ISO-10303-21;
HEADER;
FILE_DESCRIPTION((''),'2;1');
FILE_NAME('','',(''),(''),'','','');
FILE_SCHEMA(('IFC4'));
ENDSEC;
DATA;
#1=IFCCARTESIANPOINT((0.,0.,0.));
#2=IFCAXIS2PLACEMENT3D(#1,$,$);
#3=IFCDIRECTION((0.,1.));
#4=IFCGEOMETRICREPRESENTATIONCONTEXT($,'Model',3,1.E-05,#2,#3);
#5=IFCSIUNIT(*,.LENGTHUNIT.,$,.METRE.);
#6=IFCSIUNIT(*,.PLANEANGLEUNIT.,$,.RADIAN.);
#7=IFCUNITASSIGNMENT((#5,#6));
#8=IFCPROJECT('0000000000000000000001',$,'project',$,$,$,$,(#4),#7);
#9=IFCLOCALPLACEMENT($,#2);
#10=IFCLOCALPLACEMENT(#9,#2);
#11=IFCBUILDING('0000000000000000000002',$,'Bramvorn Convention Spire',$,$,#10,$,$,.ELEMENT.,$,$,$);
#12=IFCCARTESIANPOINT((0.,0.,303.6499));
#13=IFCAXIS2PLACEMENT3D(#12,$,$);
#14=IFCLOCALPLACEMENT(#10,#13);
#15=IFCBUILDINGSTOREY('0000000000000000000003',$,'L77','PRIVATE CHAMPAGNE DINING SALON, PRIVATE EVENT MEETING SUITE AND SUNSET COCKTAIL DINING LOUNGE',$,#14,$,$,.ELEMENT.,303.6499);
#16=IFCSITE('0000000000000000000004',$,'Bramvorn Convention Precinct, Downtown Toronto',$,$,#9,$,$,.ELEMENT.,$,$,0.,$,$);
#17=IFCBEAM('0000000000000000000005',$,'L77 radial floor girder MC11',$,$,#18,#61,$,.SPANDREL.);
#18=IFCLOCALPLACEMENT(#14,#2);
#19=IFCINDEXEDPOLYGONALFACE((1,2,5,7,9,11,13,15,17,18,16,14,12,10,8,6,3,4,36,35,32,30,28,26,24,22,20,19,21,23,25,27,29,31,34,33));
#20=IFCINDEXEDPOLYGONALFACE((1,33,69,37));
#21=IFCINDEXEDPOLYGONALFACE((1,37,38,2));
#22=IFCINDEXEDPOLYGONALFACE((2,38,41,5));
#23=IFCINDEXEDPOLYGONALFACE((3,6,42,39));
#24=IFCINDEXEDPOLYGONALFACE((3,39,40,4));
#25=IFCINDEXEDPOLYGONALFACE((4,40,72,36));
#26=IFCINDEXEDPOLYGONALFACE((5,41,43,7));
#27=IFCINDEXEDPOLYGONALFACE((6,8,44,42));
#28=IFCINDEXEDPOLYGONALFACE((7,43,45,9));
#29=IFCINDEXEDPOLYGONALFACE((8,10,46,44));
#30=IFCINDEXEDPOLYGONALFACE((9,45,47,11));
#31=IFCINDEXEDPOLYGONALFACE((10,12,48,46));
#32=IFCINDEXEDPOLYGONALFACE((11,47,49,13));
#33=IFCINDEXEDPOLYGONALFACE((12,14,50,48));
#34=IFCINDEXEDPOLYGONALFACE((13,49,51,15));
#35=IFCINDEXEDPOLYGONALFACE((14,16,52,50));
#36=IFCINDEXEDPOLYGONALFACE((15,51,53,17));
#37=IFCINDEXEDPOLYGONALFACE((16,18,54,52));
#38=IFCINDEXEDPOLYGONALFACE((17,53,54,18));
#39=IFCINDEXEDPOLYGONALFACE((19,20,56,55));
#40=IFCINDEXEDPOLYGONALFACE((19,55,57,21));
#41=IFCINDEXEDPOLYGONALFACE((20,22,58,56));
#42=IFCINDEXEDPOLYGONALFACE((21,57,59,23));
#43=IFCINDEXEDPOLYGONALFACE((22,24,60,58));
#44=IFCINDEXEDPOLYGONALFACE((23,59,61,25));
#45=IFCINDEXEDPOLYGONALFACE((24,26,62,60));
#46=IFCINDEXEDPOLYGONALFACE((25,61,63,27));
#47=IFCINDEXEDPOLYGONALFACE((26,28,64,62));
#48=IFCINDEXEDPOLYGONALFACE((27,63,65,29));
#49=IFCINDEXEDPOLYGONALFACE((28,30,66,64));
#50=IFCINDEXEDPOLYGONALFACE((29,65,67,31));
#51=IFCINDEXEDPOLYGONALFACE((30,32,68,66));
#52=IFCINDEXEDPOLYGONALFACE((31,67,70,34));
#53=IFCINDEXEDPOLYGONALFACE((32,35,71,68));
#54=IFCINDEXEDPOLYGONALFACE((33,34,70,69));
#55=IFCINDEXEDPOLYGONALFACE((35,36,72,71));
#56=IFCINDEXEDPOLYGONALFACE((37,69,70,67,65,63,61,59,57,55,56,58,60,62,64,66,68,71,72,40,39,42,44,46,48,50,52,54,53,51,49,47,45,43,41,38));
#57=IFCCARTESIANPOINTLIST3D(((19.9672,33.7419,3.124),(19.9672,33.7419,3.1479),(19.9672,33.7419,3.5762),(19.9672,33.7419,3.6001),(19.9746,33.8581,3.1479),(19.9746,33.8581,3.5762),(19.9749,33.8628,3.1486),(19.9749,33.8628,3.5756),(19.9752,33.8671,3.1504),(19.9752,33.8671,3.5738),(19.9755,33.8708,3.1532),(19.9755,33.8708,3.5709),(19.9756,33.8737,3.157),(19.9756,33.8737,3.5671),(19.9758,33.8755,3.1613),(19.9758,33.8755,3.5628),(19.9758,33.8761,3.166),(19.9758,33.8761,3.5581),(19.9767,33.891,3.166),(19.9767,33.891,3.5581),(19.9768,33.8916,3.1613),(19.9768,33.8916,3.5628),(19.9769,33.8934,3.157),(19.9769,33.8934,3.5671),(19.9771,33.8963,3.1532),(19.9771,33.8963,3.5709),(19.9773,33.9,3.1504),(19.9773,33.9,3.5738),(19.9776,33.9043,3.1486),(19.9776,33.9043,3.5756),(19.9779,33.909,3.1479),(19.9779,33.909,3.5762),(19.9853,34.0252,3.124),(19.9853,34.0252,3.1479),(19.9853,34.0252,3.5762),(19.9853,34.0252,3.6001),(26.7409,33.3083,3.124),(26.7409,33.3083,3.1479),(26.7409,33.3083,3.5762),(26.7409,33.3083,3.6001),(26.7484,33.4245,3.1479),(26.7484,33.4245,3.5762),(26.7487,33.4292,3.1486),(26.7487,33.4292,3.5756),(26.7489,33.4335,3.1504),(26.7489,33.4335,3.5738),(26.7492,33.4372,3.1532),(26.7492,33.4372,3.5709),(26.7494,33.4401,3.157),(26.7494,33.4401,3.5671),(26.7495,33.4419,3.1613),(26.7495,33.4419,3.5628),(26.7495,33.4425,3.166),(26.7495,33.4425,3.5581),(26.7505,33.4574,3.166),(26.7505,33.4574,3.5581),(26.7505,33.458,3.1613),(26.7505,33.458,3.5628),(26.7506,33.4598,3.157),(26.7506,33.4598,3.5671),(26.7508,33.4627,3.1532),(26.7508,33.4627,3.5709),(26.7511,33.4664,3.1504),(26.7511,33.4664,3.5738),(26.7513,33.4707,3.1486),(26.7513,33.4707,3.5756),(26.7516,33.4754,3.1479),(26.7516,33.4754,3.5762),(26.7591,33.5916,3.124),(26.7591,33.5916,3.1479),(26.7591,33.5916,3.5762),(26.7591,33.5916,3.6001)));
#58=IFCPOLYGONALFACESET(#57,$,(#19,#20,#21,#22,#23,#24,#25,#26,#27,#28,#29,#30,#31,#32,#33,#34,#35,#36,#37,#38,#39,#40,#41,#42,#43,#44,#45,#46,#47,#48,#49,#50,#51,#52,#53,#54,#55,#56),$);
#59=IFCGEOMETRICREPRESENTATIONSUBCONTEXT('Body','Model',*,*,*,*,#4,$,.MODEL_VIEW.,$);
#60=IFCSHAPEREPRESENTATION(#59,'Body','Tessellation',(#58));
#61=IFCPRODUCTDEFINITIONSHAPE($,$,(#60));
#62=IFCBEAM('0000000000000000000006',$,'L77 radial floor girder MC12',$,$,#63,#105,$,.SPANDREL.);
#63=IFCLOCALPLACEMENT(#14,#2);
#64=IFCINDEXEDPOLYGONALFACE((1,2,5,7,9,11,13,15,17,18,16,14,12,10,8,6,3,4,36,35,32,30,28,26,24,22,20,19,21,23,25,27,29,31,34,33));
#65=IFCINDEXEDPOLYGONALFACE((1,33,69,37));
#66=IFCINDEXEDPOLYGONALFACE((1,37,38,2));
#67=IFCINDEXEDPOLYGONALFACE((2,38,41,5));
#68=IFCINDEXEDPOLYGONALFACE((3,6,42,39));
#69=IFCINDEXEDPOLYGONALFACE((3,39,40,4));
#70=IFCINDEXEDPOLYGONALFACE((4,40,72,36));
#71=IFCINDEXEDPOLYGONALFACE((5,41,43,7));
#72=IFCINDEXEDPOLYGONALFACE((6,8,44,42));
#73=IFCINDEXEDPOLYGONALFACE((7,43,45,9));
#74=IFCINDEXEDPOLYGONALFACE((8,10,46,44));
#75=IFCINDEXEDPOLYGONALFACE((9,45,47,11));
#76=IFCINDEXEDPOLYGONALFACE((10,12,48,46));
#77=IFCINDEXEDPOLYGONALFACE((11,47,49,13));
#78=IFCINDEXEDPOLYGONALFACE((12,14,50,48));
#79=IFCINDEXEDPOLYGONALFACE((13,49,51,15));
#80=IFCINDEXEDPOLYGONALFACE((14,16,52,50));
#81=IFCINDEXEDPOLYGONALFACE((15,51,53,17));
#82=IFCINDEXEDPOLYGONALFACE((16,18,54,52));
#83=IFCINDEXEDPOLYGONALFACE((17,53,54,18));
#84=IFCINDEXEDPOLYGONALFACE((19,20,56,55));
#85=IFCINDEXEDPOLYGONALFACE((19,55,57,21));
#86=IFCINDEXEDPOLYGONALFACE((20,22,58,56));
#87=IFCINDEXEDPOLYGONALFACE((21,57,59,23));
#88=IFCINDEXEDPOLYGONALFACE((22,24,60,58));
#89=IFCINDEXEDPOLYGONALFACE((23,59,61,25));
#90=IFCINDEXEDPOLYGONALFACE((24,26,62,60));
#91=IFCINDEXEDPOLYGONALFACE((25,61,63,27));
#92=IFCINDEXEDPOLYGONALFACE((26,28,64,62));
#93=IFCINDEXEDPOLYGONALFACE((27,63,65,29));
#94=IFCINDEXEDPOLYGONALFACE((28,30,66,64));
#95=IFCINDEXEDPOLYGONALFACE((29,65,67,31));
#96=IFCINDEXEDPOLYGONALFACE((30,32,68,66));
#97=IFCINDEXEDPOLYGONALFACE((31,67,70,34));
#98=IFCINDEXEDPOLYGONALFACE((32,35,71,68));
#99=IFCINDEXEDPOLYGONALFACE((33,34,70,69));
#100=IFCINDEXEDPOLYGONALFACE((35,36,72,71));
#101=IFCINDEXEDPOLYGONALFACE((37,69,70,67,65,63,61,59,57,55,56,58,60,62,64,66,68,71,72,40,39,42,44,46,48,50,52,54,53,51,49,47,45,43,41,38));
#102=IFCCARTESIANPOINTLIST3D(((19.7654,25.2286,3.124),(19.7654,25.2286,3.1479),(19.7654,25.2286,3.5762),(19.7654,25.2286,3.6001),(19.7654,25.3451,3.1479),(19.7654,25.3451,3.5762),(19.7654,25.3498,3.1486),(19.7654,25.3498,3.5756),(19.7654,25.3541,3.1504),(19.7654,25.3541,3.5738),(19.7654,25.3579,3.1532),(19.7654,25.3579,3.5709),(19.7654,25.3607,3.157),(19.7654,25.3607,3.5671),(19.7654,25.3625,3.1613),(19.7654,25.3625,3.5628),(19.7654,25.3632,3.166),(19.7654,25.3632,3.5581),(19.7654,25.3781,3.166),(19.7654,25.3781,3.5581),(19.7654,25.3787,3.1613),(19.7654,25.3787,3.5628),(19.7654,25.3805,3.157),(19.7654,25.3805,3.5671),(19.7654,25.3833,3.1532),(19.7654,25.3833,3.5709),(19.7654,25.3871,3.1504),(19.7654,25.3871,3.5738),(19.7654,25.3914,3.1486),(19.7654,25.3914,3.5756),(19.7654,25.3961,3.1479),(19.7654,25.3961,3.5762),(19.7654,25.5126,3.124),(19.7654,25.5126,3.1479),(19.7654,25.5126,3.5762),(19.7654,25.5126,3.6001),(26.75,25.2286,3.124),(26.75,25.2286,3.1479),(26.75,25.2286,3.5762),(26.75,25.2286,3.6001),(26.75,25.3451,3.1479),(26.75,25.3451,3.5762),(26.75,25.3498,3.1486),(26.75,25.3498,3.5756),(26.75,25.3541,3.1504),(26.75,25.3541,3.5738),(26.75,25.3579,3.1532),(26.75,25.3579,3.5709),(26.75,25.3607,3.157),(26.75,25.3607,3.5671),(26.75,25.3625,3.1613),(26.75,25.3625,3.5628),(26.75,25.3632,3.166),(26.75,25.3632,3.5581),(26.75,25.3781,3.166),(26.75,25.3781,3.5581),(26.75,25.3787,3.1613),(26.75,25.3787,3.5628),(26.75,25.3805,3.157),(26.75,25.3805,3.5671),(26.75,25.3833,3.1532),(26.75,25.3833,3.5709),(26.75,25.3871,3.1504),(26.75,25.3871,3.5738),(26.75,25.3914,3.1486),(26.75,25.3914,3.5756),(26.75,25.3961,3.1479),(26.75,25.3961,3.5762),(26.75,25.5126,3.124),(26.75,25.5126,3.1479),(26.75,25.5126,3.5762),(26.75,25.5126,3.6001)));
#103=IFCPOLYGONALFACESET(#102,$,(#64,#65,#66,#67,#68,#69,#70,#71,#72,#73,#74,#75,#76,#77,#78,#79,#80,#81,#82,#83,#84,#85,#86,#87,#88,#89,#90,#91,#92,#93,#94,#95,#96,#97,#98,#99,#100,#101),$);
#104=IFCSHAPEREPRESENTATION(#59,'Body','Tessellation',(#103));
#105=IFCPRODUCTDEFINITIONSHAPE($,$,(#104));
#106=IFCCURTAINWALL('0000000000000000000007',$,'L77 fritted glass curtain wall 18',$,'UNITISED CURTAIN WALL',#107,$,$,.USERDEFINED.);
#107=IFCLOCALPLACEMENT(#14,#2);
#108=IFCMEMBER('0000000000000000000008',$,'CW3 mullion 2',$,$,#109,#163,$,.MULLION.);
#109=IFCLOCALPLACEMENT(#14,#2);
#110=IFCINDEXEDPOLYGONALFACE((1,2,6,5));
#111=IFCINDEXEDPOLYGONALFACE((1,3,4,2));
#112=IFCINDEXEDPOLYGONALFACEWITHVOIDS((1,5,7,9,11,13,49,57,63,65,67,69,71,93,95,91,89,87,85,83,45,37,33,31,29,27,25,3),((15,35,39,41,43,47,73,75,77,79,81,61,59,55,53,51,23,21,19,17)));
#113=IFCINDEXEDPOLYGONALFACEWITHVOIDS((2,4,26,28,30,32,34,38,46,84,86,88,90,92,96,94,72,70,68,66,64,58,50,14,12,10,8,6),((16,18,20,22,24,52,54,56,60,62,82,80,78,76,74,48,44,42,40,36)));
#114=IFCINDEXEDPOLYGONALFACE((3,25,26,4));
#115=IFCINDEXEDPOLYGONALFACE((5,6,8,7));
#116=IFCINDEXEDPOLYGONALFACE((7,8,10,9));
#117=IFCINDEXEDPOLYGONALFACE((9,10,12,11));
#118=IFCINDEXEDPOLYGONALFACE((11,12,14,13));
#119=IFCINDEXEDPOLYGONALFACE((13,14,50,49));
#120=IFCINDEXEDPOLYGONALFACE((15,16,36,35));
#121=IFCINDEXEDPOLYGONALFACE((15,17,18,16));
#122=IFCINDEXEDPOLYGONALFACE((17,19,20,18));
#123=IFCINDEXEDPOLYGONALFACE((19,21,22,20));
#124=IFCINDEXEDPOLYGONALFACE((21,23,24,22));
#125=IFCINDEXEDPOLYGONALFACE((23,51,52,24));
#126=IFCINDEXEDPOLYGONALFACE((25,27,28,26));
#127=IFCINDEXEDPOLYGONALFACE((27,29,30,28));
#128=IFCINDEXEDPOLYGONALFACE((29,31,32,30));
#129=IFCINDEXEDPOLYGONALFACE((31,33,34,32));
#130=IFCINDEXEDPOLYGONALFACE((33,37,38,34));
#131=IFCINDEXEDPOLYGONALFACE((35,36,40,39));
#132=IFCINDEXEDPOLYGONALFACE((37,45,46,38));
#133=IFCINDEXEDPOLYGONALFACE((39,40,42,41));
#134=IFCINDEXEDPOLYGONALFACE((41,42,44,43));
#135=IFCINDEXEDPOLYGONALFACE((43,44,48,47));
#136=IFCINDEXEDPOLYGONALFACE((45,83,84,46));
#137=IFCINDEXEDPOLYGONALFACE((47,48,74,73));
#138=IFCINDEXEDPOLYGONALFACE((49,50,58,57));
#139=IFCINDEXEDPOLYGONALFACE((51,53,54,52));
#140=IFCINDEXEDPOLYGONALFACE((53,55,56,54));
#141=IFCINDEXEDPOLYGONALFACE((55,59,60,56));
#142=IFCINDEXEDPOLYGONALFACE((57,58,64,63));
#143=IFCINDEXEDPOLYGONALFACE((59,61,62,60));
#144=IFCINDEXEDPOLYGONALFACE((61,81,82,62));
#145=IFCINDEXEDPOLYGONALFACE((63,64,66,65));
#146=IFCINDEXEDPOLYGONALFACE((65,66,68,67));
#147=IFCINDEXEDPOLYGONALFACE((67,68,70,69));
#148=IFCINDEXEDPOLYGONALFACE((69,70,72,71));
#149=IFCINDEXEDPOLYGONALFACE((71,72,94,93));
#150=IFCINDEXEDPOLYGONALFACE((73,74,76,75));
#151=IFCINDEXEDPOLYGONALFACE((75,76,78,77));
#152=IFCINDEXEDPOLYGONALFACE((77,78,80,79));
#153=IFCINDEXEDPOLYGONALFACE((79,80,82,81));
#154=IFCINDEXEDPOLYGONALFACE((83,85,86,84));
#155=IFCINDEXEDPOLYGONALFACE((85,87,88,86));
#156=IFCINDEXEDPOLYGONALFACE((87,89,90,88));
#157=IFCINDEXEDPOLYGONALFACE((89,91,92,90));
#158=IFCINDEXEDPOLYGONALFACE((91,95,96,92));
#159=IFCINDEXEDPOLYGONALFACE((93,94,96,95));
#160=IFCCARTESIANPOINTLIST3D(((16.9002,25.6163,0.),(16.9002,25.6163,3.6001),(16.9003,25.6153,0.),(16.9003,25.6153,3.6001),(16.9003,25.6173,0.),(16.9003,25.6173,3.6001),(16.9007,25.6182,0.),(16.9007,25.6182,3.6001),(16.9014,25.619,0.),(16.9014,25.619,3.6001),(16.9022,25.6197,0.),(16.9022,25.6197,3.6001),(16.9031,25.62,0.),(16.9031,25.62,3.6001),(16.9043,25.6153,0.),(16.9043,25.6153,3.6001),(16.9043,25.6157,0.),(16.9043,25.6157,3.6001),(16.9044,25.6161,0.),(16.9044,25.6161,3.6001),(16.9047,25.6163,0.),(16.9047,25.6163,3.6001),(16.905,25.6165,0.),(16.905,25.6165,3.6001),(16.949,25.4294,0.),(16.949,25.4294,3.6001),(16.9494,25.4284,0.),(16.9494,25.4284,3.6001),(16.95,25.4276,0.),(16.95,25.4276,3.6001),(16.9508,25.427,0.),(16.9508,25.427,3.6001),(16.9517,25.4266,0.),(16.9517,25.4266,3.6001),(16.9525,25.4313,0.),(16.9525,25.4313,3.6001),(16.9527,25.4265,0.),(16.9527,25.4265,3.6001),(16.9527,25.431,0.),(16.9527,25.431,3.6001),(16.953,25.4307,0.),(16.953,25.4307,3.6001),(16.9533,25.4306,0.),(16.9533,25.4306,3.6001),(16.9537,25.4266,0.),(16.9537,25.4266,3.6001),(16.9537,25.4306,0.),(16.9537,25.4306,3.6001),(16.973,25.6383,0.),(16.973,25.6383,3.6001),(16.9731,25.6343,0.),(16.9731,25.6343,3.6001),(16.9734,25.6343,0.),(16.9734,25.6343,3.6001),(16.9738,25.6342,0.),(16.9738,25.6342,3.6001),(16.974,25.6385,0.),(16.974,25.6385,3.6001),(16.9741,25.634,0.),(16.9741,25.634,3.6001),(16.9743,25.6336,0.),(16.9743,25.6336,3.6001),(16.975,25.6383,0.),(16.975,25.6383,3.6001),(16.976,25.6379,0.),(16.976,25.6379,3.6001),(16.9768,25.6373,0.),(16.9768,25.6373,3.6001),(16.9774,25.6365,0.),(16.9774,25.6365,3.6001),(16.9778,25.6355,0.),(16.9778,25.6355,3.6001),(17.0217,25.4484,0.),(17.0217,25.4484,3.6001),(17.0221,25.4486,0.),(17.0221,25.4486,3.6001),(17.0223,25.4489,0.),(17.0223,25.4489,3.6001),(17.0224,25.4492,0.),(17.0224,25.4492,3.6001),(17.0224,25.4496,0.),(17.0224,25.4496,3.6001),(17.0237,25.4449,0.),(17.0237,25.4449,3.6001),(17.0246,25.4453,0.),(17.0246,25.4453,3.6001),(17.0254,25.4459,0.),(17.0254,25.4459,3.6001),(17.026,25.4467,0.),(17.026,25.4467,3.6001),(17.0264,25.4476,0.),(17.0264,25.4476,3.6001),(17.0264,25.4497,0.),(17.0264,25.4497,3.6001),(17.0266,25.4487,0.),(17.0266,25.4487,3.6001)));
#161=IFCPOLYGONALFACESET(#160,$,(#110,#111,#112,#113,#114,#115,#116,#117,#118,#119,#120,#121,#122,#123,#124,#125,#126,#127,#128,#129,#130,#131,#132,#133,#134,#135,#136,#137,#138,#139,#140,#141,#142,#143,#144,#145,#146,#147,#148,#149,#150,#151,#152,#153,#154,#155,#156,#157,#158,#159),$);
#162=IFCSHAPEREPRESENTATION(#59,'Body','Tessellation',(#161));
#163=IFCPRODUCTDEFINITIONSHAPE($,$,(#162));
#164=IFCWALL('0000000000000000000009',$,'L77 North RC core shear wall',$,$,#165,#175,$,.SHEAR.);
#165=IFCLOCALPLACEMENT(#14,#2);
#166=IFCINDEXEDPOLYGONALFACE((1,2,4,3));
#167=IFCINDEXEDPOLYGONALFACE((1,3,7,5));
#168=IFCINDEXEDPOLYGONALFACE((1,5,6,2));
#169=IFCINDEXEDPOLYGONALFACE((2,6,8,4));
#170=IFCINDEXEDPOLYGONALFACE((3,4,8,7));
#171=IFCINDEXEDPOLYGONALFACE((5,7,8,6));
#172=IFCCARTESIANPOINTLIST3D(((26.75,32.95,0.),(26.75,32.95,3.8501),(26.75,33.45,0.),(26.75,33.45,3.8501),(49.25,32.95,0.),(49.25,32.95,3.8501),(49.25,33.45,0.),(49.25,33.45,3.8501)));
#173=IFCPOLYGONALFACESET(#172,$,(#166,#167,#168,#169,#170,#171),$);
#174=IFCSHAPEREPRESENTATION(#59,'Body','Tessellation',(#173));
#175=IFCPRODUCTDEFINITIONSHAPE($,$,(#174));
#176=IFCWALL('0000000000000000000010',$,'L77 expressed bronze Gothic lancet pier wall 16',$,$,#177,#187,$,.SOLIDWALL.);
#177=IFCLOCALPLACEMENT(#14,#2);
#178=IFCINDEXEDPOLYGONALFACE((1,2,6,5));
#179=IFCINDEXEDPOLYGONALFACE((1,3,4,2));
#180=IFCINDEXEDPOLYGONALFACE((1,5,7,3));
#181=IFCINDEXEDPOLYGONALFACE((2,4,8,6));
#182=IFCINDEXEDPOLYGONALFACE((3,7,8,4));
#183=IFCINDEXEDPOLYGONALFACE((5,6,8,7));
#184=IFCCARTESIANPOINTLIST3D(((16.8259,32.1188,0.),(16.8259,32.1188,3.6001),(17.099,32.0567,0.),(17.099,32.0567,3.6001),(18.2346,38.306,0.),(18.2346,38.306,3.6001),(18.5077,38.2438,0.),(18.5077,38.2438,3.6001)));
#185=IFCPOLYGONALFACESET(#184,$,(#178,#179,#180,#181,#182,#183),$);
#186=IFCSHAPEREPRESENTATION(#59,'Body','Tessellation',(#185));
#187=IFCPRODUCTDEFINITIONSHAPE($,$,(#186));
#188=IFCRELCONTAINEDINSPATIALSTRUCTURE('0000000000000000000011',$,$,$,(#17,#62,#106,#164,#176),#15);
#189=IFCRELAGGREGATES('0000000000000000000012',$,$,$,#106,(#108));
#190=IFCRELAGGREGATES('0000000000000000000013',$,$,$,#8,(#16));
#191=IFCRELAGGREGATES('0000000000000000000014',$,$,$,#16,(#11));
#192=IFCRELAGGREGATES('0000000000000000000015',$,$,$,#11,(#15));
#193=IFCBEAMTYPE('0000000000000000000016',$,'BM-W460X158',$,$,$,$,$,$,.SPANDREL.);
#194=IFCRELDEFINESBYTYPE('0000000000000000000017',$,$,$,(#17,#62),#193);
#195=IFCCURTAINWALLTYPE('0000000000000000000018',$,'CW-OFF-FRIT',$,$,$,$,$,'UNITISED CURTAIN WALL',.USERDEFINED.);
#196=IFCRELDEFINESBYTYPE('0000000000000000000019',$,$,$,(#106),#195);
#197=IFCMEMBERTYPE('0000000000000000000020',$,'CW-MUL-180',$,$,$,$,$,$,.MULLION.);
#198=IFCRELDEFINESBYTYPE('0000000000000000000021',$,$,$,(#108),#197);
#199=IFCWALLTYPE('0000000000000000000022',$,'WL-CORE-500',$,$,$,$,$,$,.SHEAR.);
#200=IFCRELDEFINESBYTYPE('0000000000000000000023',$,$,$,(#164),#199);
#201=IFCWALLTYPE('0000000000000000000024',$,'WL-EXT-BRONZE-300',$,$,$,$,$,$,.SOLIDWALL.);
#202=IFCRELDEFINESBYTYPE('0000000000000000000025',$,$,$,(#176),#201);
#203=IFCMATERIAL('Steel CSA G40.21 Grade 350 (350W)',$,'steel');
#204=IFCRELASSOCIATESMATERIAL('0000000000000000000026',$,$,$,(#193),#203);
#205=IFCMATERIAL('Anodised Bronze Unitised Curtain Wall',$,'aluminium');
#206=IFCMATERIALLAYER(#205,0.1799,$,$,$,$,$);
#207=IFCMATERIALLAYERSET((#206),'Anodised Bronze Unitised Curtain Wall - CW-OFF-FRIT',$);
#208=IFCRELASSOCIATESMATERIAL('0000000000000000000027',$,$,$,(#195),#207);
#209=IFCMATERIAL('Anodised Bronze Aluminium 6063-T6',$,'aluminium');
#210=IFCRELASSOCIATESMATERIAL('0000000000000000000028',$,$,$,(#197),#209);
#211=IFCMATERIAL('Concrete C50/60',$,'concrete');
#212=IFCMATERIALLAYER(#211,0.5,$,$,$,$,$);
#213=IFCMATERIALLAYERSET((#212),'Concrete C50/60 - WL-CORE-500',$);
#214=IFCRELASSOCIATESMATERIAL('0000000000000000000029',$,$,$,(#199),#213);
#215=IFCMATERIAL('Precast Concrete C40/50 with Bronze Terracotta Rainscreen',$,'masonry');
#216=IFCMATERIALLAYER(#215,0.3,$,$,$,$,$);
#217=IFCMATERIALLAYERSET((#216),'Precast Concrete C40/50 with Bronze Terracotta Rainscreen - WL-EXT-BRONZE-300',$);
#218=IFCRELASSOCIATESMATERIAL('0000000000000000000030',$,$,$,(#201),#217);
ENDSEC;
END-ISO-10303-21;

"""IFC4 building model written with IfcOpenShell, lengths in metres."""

from ifc_helpers import new_model, si_unit, direction, frame, frame_2d, origin, origin_2d, place, context, subcontext, project, spatial, rectangle, hollow_rectangle, i_section, extrude, material, layer, layer_set, material_profile, profile_set, type_object, element, aggregate, save


model = new_model("IFC4")

# Units and contexts
model_context = context("Model", 3, precision=1e-05, world=origin(), true_north=direction((0.0, 1.0)))
body_context = subcontext(model_context, "Body", "Model", "MODEL_VIEW")
ifc_project = project(units=[si_unit("LENGTHUNIT", "METRE"), si_unit("PLANEANGLEUNIT", "RADIAN")], contexts=[model_context])

# Site, building, storey
site_placement = place(None, origin())
site = spatial("IfcSite", under=ifc_project, at=site_placement, Name="Bramvorn Convention Precinct, Downtown Toronto", CompositionType="ELEMENT", RefElevation=0.0)
building_placement = place(site_placement, origin())
building = spatial("IfcBuilding", under=site, at=building_placement, Name="Bramvorn Convention Spire", CompositionType="ELEMENT")
storey_placement = place(building_placement, frame((0.0, 0.0, 303.6499)))
storey = spatial("IfcBuildingStorey", under=building, at=storey_placement, Name="L77", Description="PRIVATE CHAMPAGNE DINING SALON, PRIVATE EVENT MEETING SUITE AND SUNSET COCKTAIL DINING LOUNGE", CompositionType="ELEMENT", Elevation=303.6499)

# Shared definitions
ifc_material_1 = material(Name="Steel CSA G40.21 Grade 350 (350W)", Category="steel")

# Beams
ifc_material_profile_1 = material_profile(ifc_material_1, i_section(OverallWidth=0.2839, OverallDepth=0.4761, WebThickness=0.0149, FlangeThickness=0.0239, FilletRadius=0.0181, at=origin_2d()))
ifc_profile_set_1 = profile_set([ifc_material_profile_1], Name="Steel CSA G40.21 Grade 350 (350W) - W460X158")
beam_type_1 = type_object("IfcBeamType", Name="BM-W460X158", PredefinedType="SPANDREL", material=ifc_profile_set_1)
beam_1_placement = place(storey_placement, frame((26.75, 33.45, 3.3621), z_axis=(-0.997958, 0.063881, 0.0), x_axis=(-0.063881, -0.997958, 0.0)))
element("IfcBeam", 1, at=beam_1_placement, inside=storey, type_object=beam_type_1, Name="L77 radial floor girder MC11", PredefinedType="SPANDREL", context=body_context, shape_type="SweptSolid", body=[
    extrude(i_section(OverallWidth=0.2839, OverallDepth=0.4761, WebThickness=0.0149, FlangeThickness=0.0239, FilletRadius=0.0181, at=origin_2d()), origin(), (0.0, 0.0, 1.0), 6.7876),
])
beam_2_placement = place(storey_placement, frame((26.75, 25.3706, 3.3621), z_axis=(-1.0, 0.0, 0.0), x_axis=(0.0, -1.0, 0.0)))
element("IfcBeam", 2, at=beam_2_placement, inside=storey, type_object=beam_type_1, Name="L77 radial floor girder MC12", PredefinedType="SPANDREL", context=body_context, shape_type="SweptSolid", body=[
    extrude(i_section(OverallWidth=0.2839, OverallDepth=0.4761, WebThickness=0.0149, FlangeThickness=0.0239, FilletRadius=0.0181, at=origin_2d()), origin(), (0.0, 0.0, 1.0), 6.9846),
])

# Curtain wall, member
ifc_material_2 = material(Name="Anodised Bronze Unitised Curtain Wall", Category="aluminium")
ifc_layer_1 = layer(ifc_material_2, 0.1799)
ifc_layer_set_1 = layer_set([ifc_layer_1], Name="Anodised Bronze Unitised Curtain Wall - CW-OFF-FRIT")
curtain_wall_type = type_object("IfcCurtainWallType", Name="CW-OFF-FRIT", ElementType="UNITISED CURTAIN WALL", PredefinedType="USERDEFINED", material=ifc_layer_set_1)
curtain_wall_placement = place(storey_placement, origin())
curtain_wall = element("IfcCurtainWall", 3, at=curtain_wall_placement, inside=storey, type_object=curtain_wall_type, Name="L77 fritted glass curtain wall 18", ObjectType="UNITISED CURTAIN WALL", PredefinedType="USERDEFINED")
ifc_material_3 = material(Name="Anodised Bronze Aluminium 6063-T6", Category="aluminium")
ifc_material_profile_2 = material_profile(ifc_material_3, hollow_rectangle(XDim=0.0801, YDim=0.2, WallThickness=0.0039, InnerFilletRadius=0.001, OuterFilletRadius=0.0039, at=origin_2d()))
ifc_profile_set_2 = profile_set([ifc_material_profile_2], Name="Anodised Bronze Aluminium 6063-T6 - CWM80X200")
member_type = type_object("IfcMemberType", Name="CW-MUL-180", PredefinedType="MULLION", material=ifc_profile_set_2)
member_placement = place(storey_placement, frame((16.9634, 25.5325, 0.0), z_axis=(0.0, 0.0, 1.0), x_axis=(-0.967407, -0.253228, 0.0)))
member = element("IfcMember", 4, at=member_placement, type_object=member_type, Name="CW3 mullion 2", PredefinedType="MULLION", context=body_context, shape_type="SweptSolid", body=[
    extrude(hollow_rectangle(XDim=0.0801, YDim=0.2, WallThickness=0.0039, InnerFilletRadius=0.001, OuterFilletRadius=0.0039, at=origin_2d()), origin(), (0.0, 0.0, 1.0), 3.6001),
])
aggregate(curtain_wall, [member])

# Walls
ifc_material_4 = material(Name="Concrete C50/60", Category="concrete")
ifc_layer_2 = layer(ifc_material_4, 0.5)
ifc_layer_set_2 = layer_set([ifc_layer_2], Name="Concrete C50/60 - WL-CORE-500")
wall_type_1 = type_object("IfcWallType", Name="WL-CORE-500", PredefinedType="SHEAR", material=ifc_layer_set_2)
wall_1_placement = place(storey_placement, frame((26.75, 33.2, 0.0), z_axis=(0.0, 0.0, 1.0), x_axis=(1.0, 0.0, 0.0)))
element("IfcWall", 5, at=wall_1_placement, inside=storey, type_object=wall_type_1, Name="L77 North RC core shear wall", PredefinedType="SHEAR", context=body_context, shape_type="SweptSolid", body=[
    extrude(rectangle(XDim=22.5, YDim=0.5, at=frame_2d((11.25, 0.0))), origin(), (0.0, 0.0, 1.0), 3.8501),
])
ifc_material_5 = material(Name="Precast Concrete C40/50 with Bronze Terracotta Rainscreen", Category="masonry")
ifc_layer_3 = layer(ifc_material_5, 0.3)
ifc_layer_set_3 = layer_set([ifc_layer_3], Name="Precast Concrete C40/50 with Bronze Terracotta Rainscreen - WL-EXT-BRONZE-300")
wall_type_2 = type_object("IfcWallType", Name="WL-EXT-BRONZE-300", PredefinedType="SOLIDWALL", material=ifc_layer_set_3)
wall_2_placement = place(storey_placement, frame((16.9624, 32.0876, 0.0), z_axis=(0.0, 0.0, 1.0), x_axis=(0.222004, 0.975046, 0.0)))
element("IfcWall", 6, at=wall_2_placement, inside=storey, type_object=wall_type_2, Name="L77 expressed bronze Gothic lancet pier wall 16", PredefinedType="SOLIDWALL", context=body_context, shape_type="SweptSolid", body=[
    extrude(rectangle(XDim=6.3455, YDim=0.28, at=frame_2d((3.1729, 0.0))), origin(), (0.0, 0.0, 1.0), 3.6001),
])

save(model, "model.ifc")
